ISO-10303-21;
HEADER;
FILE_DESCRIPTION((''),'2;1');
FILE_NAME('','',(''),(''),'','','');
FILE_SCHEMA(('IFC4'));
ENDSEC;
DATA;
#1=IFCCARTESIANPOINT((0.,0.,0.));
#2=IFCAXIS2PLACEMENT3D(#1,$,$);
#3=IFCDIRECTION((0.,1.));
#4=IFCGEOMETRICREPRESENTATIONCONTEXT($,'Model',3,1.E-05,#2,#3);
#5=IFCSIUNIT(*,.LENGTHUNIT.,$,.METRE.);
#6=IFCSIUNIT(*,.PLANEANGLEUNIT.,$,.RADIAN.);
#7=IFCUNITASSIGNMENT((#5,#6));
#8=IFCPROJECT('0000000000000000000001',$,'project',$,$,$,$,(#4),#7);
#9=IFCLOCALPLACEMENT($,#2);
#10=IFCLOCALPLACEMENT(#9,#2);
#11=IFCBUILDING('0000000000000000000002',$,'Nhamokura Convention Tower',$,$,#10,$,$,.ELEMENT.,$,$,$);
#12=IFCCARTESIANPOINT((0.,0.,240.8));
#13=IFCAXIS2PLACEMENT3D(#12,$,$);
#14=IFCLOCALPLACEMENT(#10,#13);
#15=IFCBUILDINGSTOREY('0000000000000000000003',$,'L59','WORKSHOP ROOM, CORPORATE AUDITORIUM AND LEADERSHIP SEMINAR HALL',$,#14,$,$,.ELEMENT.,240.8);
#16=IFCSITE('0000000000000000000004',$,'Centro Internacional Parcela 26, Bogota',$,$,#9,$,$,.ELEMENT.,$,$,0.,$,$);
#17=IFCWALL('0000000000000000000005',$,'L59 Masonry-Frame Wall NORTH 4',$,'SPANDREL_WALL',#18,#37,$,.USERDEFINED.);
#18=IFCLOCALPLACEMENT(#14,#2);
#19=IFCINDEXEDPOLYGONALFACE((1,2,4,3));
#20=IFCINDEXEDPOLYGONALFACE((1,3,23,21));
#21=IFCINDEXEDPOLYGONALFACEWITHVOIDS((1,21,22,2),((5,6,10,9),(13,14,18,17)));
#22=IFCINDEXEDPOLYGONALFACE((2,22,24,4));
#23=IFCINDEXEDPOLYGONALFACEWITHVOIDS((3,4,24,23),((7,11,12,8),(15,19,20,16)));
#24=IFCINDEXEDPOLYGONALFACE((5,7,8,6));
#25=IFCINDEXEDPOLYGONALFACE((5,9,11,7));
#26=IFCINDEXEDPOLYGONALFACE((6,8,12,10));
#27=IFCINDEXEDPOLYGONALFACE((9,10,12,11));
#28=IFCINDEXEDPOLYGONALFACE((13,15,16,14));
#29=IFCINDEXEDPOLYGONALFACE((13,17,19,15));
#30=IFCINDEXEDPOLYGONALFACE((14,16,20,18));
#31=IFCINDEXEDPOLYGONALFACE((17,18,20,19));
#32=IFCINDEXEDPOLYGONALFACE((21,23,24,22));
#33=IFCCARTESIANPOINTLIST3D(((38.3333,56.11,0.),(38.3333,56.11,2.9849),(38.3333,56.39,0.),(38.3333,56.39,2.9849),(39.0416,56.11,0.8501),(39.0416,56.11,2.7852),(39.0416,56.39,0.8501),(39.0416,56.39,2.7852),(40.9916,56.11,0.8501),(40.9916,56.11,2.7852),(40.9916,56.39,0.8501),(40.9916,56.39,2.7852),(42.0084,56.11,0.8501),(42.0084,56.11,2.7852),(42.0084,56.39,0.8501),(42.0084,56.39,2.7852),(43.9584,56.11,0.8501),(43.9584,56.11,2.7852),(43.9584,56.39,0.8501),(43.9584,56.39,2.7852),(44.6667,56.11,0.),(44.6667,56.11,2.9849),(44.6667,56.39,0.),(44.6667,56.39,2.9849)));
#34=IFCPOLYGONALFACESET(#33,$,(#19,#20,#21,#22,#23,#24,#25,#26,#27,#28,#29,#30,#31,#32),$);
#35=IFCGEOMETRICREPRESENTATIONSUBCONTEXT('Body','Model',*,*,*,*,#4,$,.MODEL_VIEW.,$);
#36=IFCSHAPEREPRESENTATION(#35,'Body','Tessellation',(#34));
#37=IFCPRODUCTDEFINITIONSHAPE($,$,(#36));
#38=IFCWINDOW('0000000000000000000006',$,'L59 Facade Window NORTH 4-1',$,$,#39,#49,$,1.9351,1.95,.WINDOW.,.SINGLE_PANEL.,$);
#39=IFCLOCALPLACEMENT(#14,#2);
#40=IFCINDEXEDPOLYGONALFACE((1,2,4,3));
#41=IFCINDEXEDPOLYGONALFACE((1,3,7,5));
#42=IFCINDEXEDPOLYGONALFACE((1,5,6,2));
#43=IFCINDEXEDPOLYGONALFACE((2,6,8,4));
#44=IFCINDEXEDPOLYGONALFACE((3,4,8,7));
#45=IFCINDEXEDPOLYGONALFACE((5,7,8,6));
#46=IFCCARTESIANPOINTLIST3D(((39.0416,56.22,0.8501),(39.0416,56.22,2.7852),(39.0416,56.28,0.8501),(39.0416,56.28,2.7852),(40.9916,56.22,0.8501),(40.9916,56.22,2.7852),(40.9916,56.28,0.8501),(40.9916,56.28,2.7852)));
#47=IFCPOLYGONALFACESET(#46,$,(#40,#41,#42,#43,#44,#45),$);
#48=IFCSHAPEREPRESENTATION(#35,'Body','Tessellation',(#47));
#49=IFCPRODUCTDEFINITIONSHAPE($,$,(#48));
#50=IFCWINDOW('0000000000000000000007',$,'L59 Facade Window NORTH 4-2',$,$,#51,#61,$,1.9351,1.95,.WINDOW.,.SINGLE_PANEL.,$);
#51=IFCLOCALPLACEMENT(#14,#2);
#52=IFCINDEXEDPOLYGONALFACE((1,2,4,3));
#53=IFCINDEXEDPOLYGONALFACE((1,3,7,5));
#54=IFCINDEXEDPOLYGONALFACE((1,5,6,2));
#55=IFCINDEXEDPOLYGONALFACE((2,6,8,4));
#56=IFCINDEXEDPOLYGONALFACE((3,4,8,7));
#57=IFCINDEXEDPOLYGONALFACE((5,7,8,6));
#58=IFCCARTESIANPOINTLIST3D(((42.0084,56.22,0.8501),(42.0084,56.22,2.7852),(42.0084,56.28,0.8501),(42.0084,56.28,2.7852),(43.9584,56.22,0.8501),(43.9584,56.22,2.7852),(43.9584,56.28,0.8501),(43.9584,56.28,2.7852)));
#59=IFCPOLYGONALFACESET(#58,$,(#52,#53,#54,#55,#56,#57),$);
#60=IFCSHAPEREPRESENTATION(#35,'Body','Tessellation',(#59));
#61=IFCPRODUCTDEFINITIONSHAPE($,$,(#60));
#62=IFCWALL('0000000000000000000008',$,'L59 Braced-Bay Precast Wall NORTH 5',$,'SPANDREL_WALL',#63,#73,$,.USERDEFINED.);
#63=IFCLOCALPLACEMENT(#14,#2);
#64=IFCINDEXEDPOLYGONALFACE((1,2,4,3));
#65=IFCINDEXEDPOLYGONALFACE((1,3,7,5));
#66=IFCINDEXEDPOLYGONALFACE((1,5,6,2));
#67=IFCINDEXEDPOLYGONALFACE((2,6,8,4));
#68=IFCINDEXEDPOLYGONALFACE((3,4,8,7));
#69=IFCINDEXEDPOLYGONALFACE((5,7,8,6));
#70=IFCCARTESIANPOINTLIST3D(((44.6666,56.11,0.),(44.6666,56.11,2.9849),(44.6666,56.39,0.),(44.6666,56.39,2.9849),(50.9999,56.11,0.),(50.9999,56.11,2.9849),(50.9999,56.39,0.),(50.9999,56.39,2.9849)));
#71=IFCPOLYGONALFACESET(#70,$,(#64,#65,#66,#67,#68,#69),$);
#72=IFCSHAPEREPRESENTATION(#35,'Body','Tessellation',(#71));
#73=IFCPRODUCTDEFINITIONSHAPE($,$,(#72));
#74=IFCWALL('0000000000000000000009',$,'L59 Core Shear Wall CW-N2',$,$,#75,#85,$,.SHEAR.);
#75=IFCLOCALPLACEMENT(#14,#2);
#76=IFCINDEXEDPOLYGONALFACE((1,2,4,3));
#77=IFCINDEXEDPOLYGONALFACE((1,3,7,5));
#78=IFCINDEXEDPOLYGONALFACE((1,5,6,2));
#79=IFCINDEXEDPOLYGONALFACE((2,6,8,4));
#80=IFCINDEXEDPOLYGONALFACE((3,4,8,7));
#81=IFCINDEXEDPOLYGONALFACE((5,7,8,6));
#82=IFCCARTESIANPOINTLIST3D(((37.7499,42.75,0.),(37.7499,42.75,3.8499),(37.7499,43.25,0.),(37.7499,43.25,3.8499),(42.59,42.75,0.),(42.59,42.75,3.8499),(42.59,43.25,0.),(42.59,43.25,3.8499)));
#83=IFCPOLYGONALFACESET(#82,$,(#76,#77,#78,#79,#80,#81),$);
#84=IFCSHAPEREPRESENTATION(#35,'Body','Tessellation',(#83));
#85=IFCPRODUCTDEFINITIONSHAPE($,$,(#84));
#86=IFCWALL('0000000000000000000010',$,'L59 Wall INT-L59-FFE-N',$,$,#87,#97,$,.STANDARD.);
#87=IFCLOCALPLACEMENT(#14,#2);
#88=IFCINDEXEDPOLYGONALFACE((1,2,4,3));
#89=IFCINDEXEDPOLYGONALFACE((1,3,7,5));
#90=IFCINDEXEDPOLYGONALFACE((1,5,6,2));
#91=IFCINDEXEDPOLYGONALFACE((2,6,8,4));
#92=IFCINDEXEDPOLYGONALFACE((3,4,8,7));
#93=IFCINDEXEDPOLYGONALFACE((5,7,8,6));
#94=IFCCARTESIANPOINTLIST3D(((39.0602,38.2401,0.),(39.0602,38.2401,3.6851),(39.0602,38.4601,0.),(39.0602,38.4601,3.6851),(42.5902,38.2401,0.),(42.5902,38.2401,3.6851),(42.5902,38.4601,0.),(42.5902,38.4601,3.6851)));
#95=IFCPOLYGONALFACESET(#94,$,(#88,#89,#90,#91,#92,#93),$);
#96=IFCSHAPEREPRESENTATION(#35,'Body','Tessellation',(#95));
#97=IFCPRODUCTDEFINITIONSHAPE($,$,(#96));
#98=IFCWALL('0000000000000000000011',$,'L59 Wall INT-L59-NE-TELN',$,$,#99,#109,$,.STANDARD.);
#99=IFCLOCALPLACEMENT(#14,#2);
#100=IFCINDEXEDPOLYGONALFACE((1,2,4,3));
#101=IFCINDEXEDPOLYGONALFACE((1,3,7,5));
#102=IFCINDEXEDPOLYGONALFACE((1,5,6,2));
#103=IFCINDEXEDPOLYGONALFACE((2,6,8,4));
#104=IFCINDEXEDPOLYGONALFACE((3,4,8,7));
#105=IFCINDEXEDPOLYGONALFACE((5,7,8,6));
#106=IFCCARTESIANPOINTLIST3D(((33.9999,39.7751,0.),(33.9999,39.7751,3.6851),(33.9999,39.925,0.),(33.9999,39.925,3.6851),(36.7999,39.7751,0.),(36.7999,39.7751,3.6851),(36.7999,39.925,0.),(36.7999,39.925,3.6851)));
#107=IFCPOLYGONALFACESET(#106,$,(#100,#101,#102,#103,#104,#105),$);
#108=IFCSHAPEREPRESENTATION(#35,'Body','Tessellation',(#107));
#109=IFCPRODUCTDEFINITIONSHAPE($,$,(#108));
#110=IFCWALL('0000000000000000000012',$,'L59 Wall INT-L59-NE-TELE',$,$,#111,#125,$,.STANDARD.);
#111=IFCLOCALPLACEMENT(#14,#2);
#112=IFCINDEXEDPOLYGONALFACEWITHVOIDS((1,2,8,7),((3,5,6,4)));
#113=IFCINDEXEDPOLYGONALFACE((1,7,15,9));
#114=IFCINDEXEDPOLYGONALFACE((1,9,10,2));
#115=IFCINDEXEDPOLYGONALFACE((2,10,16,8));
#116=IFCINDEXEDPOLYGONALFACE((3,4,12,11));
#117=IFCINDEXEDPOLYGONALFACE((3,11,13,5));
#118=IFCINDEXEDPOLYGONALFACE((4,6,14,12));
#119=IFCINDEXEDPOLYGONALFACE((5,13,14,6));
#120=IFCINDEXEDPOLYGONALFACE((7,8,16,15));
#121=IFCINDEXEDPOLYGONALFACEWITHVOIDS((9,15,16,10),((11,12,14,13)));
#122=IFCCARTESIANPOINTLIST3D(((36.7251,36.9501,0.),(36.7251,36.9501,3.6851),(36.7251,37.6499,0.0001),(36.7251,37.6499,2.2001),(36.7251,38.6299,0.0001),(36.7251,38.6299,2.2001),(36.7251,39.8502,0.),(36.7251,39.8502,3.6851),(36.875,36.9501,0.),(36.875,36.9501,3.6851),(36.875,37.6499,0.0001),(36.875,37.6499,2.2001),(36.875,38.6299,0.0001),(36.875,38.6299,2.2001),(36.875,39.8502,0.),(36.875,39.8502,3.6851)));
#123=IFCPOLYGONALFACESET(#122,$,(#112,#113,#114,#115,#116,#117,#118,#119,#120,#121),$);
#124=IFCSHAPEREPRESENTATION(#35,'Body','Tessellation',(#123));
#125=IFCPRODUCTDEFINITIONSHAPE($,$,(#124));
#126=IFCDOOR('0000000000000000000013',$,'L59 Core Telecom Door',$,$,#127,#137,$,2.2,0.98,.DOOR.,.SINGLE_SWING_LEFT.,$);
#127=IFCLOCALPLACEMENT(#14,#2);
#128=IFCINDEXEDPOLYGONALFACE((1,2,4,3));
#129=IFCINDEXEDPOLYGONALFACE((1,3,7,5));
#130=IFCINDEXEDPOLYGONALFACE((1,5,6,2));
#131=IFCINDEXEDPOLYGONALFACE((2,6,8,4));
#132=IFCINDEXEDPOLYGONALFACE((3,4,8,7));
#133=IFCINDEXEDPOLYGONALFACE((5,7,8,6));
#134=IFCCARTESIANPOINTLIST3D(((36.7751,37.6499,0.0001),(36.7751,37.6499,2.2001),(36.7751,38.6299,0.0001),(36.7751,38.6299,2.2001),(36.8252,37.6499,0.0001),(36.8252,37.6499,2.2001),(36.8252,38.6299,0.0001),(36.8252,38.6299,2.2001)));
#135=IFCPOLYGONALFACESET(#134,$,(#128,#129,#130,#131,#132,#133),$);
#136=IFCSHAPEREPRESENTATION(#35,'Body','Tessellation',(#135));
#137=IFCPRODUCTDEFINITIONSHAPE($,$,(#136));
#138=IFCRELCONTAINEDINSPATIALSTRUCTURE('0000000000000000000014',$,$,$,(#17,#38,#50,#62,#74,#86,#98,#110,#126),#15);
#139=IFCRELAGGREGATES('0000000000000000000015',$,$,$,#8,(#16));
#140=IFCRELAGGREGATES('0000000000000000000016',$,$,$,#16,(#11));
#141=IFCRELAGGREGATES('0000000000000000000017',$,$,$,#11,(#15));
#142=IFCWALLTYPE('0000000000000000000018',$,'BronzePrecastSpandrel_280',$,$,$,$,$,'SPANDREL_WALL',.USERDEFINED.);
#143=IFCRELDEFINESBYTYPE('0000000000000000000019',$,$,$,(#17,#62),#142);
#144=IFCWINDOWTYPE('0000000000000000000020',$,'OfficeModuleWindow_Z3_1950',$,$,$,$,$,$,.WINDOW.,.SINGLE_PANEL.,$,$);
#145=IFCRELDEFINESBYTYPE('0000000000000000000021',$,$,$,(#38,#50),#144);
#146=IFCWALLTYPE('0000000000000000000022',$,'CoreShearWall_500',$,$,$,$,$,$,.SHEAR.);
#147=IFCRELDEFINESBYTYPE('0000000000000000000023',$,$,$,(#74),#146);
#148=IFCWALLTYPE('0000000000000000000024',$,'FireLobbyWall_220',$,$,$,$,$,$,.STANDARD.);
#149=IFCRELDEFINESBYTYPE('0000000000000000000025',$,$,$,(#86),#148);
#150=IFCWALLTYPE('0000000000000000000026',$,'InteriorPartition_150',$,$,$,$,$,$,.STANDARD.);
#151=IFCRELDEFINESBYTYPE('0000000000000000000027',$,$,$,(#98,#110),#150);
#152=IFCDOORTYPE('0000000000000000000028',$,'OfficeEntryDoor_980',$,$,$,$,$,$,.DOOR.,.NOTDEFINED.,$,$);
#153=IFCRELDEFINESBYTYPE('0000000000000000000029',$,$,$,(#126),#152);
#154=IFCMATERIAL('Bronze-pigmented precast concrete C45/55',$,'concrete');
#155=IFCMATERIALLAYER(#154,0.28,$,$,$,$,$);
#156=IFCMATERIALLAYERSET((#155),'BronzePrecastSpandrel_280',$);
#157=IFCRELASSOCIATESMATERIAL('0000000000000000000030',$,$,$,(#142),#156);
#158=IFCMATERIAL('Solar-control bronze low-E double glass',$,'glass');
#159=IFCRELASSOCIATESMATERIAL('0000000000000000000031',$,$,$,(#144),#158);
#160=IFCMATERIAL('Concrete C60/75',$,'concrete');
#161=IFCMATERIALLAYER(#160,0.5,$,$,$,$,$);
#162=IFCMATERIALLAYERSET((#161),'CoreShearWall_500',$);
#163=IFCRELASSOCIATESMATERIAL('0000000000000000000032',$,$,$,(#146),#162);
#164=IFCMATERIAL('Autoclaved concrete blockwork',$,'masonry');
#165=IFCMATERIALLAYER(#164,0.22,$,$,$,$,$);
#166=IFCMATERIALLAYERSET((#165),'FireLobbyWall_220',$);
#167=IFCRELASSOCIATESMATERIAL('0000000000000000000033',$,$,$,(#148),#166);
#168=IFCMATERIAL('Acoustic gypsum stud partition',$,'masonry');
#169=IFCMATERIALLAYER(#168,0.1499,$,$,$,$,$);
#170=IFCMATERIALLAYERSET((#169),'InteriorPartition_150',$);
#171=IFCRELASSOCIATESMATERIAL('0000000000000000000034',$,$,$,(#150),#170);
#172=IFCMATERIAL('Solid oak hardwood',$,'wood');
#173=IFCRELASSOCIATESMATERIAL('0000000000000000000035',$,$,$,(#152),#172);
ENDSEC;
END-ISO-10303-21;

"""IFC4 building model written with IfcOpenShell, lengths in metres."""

from ifc_helpers import new_model, si_unit, direction, frame, frame_2d, origin, place, context, subcontext, project, spatial, rectangle, extrude, material, layer, layer_set, type_object, element, fill, save


model = new_model("IFC4")

# Units and contexts
model_context = context("Model", 3, precision=1e-05, world=origin(), true_north=direction((0.0, 1.0)))
body_context = subcontext(model_context, "Body", "Model", "MODEL_VIEW")
ifc_project = project(units=[si_unit("LENGTHUNIT", "METRE"), si_unit("PLANEANGLEUNIT", "RADIAN")], contexts=[model_context])

# Site, building, storey
site_placement = place(None, origin())
site = spatial("IfcSite", under=ifc_project, at=site_placement, Name="Centro Internacional Parcela 26, Bogota", CompositionType="ELEMENT", RefElevation=0.0)
building_placement = place(site_placement, origin())
building = spatial("IfcBuilding", under=site, at=building_placement, Name="Nhamokura Convention Tower", CompositionType="ELEMENT")
storey_placement = place(building_placement, frame((0.0, 0.0, 240.8)))
storey = spatial("IfcBuildingStorey", under=building, at=storey_placement, Name="L59", Description="WORKSHOP ROOM, CORPORATE AUDITORIUM AND LEADERSHIP SEMINAR HALL", CompositionType="ELEMENT", Elevation=240.8)

# Wall, openings, windows
ifc_material_1 = material(Name="Bronze-pigmented precast concrete C45/55", Category="concrete")
ifc_layer_1 = layer(ifc_material_1, 0.28)
ifc_layer_set_1 = layer_set([ifc_layer_1], Name="BronzePrecastSpandrel_280")
wall_type_1 = type_object("IfcWallType", Name="BronzePrecastSpandrel_280", ElementType="SPANDREL_WALL", PredefinedType="USERDEFINED", material=ifc_layer_set_1)
wall_1_placement = place(storey_placement, frame((38.3333, 56.25, 0.0), z_axis=(0.0, 0.0, 1.0), x_axis=(1.0, 0.0, 0.0)))
wall_1 = element("IfcWall", 1, at=wall_1_placement, inside=storey, type_object=wall_type_1, Name="L59 Masonry-Frame Wall NORTH 4", ObjectType="SPANDREL_WALL", PredefinedType="USERDEFINED", context=body_context, shape_type="SweptSolid", body=[
    extrude(rectangle(XDim=6.3335, YDim=0.28, at=frame_2d((3.1667, 0.0))), origin(), (0.0, 0.0, 1.0), 2.9849),
])
opening_1_placement = place(wall_1_placement, frame((0.7083, 0.0, 0.8501)))
opening_1 = element("IfcOpeningElement", 2, at=opening_1_placement, cuts=wall_1, PredefinedType="OPENING", context=body_context, shape_type="SweptSolid", body=[
    extrude(rectangle(XDim=1.95, YDim=1.9351, at=frame_2d((0.9751, 0.9675))), frame((0.0, 0.1499, 0.0), z_axis=(0.0, -1.0, 0.0), x_axis=(1.0, 0.0, 0.0)), (0.0, 0.0, 1.0), 0.3),
])
opening_2_placement = place(wall_1_placement, frame((3.675, 0.0, 0.8501)))
opening_2 = element("IfcOpeningElement", 3, at=opening_2_placement, cuts=wall_1, PredefinedType="OPENING", context=body_context, shape_type="SweptSolid", body=[
    extrude(rectangle(XDim=1.95, YDim=1.9351, at=frame_2d((0.9751, 0.9675))), frame((0.0, 0.1499, 0.0), z_axis=(0.0, -1.0, 0.0), x_axis=(1.0, 0.0, 0.0)), (0.0, 0.0, 1.0), 0.3),
])
ifc_material_2 = material(Name="Solar-control bronze low-E double glass", Category="glass")
window_type = type_object("IfcWindowType", Name="OfficeModuleWindow_Z3_1950", PartitioningType="SINGLE_PANEL", PredefinedType="WINDOW", material=ifc_material_2)
window_1_placement = place(opening_1_placement, origin())
window_1 = element("IfcWindow", 4, at=window_1_placement, inside=storey, type_object=window_type, Name="L59 Facade Window NORTH 4-1", OverallHeight=1.9351, OverallWidth=1.95, PartitioningType="SINGLE_PANEL", PredefinedType="WINDOW", context=body_context, shape_type="SweptSolid", body=[
    extrude(rectangle(XDim=1.95, YDim=1.9351, at=frame_2d((0.9751, 0.9675))), frame((0.0, 0.03, 0.0), z_axis=(0.0, -1.0, 0.0), x_axis=(1.0, 0.0, 0.0)), (0.0, 0.0, 1.0), 0.0601),
])
fill(opening_1, window_1)
window_2_placement = place(opening_2_placement, origin())
window_2 = element("IfcWindow", 5, at=window_2_placement, inside=storey, type_object=window_type, Name="L59 Facade Window NORTH 4-2", OverallHeight=1.9351, OverallWidth=1.95, PartitioningType="SINGLE_PANEL", PredefinedType="WINDOW", context=body_context, shape_type="SweptSolid", body=[
    extrude(rectangle(XDim=1.95, YDim=1.9351, at=frame_2d((0.9751, 0.9675))), frame((0.0, 0.03, 0.0), z_axis=(0.0, -1.0, 0.0), x_axis=(1.0, 0.0, 0.0)), (0.0, 0.0, 1.0), 0.0601),
])
fill(opening_2, window_2)

# Walls
wall_2_placement = place(storey_placement, frame((44.6667, 56.25, 0.0), z_axis=(0.0, 0.0, 1.0), x_axis=(1.0, 0.0, 0.0)))
element("IfcWall", 6, at=wall_2_placement, inside=storey, type_object=wall_type_1, Name="L59 Braced-Bay Precast Wall NORTH 5", ObjectType="SPANDREL_WALL", PredefinedType="USERDEFINED", context=body_context, shape_type="SweptSolid", body=[
    extrude(rectangle(XDim=6.3333, YDim=0.28, at=frame_2d((3.1665, 0.0))), origin(), (0.0, 0.0, 1.0), 2.9849),
])
ifc_material_3 = material(Name="Concrete C60/75", Category="concrete")
ifc_layer_2 = layer(ifc_material_3, 0.5)
ifc_layer_set_2 = layer_set([ifc_layer_2], Name="CoreShearWall_500")
wall_type_2 = type_object("IfcWallType", Name="CoreShearWall_500", PredefinedType="SHEAR", material=ifc_layer_set_2)
wall_3_placement = place(storey_placement, frame((37.75, 43.0, 0.0), z_axis=(0.0, 0.0, 1.0), x_axis=(1.0, 0.0, 0.0)))
element("IfcWall", 7, at=wall_3_placement, inside=storey, type_object=wall_type_2, Name="L59 Core Shear Wall CW-N2", PredefinedType="SHEAR", context=body_context, shape_type="SweptSolid", body=[
    extrude(rectangle(XDim=4.8401, YDim=0.5, at=frame_2d((2.4199, 0.0))), origin(), (0.0, 0.0, 1.0), 3.8499),
])
ifc_material_4 = material(Name="Autoclaved concrete blockwork", Category="masonry")
ifc_layer_3 = layer(ifc_material_4, 0.22)
ifc_layer_set_3 = layer_set([ifc_layer_3], Name="FireLobbyWall_220")
wall_type_3 = type_object("IfcWallType", Name="FireLobbyWall_220", PredefinedType="STANDARD", material=ifc_layer_set_3)
wall_4_placement = place(storey_placement, frame((39.0601, 38.3501, 0.0), z_axis=(0.0, 0.0, 1.0), x_axis=(1.0, 0.0, 0.0)))
element("IfcWall", 8, at=wall_4_placement, inside=storey, type_object=wall_type_3, Name="L59 Wall INT-L59-FFE-N", PredefinedType="STANDARD", context=body_context, shape_type="SweptSolid", body=[
    extrude(rectangle(XDim=3.53, YDim=0.22, at=frame_2d((1.7651, 0.0))), origin(), (0.0, 0.0, 1.0), 3.6851),
])

# Wall
ifc_material_5 = material(Name="Acoustic gypsum stud partition", Category="masonry")
ifc_layer_4 = layer(ifc_material_5, 0.1499)
ifc_layer_set_4 = layer_set([ifc_layer_4], Name="InteriorPartition_150")
wall_type_4 = type_object("IfcWallType", Name="InteriorPartition_150", PredefinedType="STANDARD", material=ifc_layer_set_4)
wall_5_placement = place(storey_placement, frame((34.0, 39.8501, 0.0), z_axis=(0.0, 0.0, 1.0), x_axis=(1.0, 0.0, 0.0)))
element("IfcWall", 9, at=wall_5_placement, inside=storey, type_object=wall_type_4, Name="L59 Wall INT-L59-NE-TELN", PredefinedType="STANDARD", context=body_context, shape_type="SweptSolid", body=[
    extrude(rectangle(XDim=2.8, YDim=0.1499, at=frame_2d((1.3999, 0.0))), origin(), (0.0, 0.0, 1.0), 3.6851),
])

# Wall, opening, door
wall_6_placement = place(storey_placement, frame((36.8, 36.95, 0.0), z_axis=(0.0, 0.0, 1.0), x_axis=(0.0, 1.0, 0.0)))
wall_6 = element("IfcWall", 10, at=wall_6_placement, inside=storey, type_object=wall_type_4, Name="L59 Wall INT-L59-NE-TELE", PredefinedType="STANDARD", context=body_context, shape_type="SweptSolid", body=[
    extrude(rectangle(XDim=2.9001, YDim=0.1499, at=frame_2d((1.4502, 0.0))), origin(), (0.0, 0.0, 1.0), 3.6851),
])
opening_3_placement = place(wall_6_placement, frame((0.7, 0.0, 0.0)))
opening_3 = element("IfcOpeningElement", 11, at=opening_3_placement, cuts=wall_6, PredefinedType="OPENING", context=body_context, shape_type="SweptSolid", body=[
    extrude(rectangle(XDim=0.98, YDim=2.2, at=frame_2d((0.49, 1.1001))), frame((0.0, 0.085, 0.0), z_axis=(0.0, -1.0, 0.0), x_axis=(1.0, 0.0, 0.0)), (0.0, 0.0, 1.0), 0.1699),
])
ifc_material_6 = material(Name="Solid oak hardwood", Category="wood")
door_type_1 = type_object("IfcDoorType", Name="OfficeEntryDoor_980", OperationType="NOTDEFINED", PredefinedType="DOOR", material=ifc_material_6)
door_1_placement = place(opening_3_placement, origin())
door_1 = element("IfcDoor", 12, at=door_1_placement, inside=storey, type_object=door_type_1, Name="L59 Core Telecom Door", OperationType="SINGLE_SWING_LEFT", OverallHeight=2.2, OverallWidth=0.98, PredefinedType="DOOR", context=body_context, shape_type="SweptSolid", body=[
    extrude(rectangle(XDim=0.98, YDim=2.2, at=frame_2d((0.49, 1.1001))), frame((0.0, 0.0249, 0.0), z_axis=(0.0, -1.0, 0.0), x_axis=(1.0, 0.0, 0.0)), (0.0, 0.0, 1.0), 0.05),
])
fill(opening_3, door_1)

save(model, "model.ifc")
